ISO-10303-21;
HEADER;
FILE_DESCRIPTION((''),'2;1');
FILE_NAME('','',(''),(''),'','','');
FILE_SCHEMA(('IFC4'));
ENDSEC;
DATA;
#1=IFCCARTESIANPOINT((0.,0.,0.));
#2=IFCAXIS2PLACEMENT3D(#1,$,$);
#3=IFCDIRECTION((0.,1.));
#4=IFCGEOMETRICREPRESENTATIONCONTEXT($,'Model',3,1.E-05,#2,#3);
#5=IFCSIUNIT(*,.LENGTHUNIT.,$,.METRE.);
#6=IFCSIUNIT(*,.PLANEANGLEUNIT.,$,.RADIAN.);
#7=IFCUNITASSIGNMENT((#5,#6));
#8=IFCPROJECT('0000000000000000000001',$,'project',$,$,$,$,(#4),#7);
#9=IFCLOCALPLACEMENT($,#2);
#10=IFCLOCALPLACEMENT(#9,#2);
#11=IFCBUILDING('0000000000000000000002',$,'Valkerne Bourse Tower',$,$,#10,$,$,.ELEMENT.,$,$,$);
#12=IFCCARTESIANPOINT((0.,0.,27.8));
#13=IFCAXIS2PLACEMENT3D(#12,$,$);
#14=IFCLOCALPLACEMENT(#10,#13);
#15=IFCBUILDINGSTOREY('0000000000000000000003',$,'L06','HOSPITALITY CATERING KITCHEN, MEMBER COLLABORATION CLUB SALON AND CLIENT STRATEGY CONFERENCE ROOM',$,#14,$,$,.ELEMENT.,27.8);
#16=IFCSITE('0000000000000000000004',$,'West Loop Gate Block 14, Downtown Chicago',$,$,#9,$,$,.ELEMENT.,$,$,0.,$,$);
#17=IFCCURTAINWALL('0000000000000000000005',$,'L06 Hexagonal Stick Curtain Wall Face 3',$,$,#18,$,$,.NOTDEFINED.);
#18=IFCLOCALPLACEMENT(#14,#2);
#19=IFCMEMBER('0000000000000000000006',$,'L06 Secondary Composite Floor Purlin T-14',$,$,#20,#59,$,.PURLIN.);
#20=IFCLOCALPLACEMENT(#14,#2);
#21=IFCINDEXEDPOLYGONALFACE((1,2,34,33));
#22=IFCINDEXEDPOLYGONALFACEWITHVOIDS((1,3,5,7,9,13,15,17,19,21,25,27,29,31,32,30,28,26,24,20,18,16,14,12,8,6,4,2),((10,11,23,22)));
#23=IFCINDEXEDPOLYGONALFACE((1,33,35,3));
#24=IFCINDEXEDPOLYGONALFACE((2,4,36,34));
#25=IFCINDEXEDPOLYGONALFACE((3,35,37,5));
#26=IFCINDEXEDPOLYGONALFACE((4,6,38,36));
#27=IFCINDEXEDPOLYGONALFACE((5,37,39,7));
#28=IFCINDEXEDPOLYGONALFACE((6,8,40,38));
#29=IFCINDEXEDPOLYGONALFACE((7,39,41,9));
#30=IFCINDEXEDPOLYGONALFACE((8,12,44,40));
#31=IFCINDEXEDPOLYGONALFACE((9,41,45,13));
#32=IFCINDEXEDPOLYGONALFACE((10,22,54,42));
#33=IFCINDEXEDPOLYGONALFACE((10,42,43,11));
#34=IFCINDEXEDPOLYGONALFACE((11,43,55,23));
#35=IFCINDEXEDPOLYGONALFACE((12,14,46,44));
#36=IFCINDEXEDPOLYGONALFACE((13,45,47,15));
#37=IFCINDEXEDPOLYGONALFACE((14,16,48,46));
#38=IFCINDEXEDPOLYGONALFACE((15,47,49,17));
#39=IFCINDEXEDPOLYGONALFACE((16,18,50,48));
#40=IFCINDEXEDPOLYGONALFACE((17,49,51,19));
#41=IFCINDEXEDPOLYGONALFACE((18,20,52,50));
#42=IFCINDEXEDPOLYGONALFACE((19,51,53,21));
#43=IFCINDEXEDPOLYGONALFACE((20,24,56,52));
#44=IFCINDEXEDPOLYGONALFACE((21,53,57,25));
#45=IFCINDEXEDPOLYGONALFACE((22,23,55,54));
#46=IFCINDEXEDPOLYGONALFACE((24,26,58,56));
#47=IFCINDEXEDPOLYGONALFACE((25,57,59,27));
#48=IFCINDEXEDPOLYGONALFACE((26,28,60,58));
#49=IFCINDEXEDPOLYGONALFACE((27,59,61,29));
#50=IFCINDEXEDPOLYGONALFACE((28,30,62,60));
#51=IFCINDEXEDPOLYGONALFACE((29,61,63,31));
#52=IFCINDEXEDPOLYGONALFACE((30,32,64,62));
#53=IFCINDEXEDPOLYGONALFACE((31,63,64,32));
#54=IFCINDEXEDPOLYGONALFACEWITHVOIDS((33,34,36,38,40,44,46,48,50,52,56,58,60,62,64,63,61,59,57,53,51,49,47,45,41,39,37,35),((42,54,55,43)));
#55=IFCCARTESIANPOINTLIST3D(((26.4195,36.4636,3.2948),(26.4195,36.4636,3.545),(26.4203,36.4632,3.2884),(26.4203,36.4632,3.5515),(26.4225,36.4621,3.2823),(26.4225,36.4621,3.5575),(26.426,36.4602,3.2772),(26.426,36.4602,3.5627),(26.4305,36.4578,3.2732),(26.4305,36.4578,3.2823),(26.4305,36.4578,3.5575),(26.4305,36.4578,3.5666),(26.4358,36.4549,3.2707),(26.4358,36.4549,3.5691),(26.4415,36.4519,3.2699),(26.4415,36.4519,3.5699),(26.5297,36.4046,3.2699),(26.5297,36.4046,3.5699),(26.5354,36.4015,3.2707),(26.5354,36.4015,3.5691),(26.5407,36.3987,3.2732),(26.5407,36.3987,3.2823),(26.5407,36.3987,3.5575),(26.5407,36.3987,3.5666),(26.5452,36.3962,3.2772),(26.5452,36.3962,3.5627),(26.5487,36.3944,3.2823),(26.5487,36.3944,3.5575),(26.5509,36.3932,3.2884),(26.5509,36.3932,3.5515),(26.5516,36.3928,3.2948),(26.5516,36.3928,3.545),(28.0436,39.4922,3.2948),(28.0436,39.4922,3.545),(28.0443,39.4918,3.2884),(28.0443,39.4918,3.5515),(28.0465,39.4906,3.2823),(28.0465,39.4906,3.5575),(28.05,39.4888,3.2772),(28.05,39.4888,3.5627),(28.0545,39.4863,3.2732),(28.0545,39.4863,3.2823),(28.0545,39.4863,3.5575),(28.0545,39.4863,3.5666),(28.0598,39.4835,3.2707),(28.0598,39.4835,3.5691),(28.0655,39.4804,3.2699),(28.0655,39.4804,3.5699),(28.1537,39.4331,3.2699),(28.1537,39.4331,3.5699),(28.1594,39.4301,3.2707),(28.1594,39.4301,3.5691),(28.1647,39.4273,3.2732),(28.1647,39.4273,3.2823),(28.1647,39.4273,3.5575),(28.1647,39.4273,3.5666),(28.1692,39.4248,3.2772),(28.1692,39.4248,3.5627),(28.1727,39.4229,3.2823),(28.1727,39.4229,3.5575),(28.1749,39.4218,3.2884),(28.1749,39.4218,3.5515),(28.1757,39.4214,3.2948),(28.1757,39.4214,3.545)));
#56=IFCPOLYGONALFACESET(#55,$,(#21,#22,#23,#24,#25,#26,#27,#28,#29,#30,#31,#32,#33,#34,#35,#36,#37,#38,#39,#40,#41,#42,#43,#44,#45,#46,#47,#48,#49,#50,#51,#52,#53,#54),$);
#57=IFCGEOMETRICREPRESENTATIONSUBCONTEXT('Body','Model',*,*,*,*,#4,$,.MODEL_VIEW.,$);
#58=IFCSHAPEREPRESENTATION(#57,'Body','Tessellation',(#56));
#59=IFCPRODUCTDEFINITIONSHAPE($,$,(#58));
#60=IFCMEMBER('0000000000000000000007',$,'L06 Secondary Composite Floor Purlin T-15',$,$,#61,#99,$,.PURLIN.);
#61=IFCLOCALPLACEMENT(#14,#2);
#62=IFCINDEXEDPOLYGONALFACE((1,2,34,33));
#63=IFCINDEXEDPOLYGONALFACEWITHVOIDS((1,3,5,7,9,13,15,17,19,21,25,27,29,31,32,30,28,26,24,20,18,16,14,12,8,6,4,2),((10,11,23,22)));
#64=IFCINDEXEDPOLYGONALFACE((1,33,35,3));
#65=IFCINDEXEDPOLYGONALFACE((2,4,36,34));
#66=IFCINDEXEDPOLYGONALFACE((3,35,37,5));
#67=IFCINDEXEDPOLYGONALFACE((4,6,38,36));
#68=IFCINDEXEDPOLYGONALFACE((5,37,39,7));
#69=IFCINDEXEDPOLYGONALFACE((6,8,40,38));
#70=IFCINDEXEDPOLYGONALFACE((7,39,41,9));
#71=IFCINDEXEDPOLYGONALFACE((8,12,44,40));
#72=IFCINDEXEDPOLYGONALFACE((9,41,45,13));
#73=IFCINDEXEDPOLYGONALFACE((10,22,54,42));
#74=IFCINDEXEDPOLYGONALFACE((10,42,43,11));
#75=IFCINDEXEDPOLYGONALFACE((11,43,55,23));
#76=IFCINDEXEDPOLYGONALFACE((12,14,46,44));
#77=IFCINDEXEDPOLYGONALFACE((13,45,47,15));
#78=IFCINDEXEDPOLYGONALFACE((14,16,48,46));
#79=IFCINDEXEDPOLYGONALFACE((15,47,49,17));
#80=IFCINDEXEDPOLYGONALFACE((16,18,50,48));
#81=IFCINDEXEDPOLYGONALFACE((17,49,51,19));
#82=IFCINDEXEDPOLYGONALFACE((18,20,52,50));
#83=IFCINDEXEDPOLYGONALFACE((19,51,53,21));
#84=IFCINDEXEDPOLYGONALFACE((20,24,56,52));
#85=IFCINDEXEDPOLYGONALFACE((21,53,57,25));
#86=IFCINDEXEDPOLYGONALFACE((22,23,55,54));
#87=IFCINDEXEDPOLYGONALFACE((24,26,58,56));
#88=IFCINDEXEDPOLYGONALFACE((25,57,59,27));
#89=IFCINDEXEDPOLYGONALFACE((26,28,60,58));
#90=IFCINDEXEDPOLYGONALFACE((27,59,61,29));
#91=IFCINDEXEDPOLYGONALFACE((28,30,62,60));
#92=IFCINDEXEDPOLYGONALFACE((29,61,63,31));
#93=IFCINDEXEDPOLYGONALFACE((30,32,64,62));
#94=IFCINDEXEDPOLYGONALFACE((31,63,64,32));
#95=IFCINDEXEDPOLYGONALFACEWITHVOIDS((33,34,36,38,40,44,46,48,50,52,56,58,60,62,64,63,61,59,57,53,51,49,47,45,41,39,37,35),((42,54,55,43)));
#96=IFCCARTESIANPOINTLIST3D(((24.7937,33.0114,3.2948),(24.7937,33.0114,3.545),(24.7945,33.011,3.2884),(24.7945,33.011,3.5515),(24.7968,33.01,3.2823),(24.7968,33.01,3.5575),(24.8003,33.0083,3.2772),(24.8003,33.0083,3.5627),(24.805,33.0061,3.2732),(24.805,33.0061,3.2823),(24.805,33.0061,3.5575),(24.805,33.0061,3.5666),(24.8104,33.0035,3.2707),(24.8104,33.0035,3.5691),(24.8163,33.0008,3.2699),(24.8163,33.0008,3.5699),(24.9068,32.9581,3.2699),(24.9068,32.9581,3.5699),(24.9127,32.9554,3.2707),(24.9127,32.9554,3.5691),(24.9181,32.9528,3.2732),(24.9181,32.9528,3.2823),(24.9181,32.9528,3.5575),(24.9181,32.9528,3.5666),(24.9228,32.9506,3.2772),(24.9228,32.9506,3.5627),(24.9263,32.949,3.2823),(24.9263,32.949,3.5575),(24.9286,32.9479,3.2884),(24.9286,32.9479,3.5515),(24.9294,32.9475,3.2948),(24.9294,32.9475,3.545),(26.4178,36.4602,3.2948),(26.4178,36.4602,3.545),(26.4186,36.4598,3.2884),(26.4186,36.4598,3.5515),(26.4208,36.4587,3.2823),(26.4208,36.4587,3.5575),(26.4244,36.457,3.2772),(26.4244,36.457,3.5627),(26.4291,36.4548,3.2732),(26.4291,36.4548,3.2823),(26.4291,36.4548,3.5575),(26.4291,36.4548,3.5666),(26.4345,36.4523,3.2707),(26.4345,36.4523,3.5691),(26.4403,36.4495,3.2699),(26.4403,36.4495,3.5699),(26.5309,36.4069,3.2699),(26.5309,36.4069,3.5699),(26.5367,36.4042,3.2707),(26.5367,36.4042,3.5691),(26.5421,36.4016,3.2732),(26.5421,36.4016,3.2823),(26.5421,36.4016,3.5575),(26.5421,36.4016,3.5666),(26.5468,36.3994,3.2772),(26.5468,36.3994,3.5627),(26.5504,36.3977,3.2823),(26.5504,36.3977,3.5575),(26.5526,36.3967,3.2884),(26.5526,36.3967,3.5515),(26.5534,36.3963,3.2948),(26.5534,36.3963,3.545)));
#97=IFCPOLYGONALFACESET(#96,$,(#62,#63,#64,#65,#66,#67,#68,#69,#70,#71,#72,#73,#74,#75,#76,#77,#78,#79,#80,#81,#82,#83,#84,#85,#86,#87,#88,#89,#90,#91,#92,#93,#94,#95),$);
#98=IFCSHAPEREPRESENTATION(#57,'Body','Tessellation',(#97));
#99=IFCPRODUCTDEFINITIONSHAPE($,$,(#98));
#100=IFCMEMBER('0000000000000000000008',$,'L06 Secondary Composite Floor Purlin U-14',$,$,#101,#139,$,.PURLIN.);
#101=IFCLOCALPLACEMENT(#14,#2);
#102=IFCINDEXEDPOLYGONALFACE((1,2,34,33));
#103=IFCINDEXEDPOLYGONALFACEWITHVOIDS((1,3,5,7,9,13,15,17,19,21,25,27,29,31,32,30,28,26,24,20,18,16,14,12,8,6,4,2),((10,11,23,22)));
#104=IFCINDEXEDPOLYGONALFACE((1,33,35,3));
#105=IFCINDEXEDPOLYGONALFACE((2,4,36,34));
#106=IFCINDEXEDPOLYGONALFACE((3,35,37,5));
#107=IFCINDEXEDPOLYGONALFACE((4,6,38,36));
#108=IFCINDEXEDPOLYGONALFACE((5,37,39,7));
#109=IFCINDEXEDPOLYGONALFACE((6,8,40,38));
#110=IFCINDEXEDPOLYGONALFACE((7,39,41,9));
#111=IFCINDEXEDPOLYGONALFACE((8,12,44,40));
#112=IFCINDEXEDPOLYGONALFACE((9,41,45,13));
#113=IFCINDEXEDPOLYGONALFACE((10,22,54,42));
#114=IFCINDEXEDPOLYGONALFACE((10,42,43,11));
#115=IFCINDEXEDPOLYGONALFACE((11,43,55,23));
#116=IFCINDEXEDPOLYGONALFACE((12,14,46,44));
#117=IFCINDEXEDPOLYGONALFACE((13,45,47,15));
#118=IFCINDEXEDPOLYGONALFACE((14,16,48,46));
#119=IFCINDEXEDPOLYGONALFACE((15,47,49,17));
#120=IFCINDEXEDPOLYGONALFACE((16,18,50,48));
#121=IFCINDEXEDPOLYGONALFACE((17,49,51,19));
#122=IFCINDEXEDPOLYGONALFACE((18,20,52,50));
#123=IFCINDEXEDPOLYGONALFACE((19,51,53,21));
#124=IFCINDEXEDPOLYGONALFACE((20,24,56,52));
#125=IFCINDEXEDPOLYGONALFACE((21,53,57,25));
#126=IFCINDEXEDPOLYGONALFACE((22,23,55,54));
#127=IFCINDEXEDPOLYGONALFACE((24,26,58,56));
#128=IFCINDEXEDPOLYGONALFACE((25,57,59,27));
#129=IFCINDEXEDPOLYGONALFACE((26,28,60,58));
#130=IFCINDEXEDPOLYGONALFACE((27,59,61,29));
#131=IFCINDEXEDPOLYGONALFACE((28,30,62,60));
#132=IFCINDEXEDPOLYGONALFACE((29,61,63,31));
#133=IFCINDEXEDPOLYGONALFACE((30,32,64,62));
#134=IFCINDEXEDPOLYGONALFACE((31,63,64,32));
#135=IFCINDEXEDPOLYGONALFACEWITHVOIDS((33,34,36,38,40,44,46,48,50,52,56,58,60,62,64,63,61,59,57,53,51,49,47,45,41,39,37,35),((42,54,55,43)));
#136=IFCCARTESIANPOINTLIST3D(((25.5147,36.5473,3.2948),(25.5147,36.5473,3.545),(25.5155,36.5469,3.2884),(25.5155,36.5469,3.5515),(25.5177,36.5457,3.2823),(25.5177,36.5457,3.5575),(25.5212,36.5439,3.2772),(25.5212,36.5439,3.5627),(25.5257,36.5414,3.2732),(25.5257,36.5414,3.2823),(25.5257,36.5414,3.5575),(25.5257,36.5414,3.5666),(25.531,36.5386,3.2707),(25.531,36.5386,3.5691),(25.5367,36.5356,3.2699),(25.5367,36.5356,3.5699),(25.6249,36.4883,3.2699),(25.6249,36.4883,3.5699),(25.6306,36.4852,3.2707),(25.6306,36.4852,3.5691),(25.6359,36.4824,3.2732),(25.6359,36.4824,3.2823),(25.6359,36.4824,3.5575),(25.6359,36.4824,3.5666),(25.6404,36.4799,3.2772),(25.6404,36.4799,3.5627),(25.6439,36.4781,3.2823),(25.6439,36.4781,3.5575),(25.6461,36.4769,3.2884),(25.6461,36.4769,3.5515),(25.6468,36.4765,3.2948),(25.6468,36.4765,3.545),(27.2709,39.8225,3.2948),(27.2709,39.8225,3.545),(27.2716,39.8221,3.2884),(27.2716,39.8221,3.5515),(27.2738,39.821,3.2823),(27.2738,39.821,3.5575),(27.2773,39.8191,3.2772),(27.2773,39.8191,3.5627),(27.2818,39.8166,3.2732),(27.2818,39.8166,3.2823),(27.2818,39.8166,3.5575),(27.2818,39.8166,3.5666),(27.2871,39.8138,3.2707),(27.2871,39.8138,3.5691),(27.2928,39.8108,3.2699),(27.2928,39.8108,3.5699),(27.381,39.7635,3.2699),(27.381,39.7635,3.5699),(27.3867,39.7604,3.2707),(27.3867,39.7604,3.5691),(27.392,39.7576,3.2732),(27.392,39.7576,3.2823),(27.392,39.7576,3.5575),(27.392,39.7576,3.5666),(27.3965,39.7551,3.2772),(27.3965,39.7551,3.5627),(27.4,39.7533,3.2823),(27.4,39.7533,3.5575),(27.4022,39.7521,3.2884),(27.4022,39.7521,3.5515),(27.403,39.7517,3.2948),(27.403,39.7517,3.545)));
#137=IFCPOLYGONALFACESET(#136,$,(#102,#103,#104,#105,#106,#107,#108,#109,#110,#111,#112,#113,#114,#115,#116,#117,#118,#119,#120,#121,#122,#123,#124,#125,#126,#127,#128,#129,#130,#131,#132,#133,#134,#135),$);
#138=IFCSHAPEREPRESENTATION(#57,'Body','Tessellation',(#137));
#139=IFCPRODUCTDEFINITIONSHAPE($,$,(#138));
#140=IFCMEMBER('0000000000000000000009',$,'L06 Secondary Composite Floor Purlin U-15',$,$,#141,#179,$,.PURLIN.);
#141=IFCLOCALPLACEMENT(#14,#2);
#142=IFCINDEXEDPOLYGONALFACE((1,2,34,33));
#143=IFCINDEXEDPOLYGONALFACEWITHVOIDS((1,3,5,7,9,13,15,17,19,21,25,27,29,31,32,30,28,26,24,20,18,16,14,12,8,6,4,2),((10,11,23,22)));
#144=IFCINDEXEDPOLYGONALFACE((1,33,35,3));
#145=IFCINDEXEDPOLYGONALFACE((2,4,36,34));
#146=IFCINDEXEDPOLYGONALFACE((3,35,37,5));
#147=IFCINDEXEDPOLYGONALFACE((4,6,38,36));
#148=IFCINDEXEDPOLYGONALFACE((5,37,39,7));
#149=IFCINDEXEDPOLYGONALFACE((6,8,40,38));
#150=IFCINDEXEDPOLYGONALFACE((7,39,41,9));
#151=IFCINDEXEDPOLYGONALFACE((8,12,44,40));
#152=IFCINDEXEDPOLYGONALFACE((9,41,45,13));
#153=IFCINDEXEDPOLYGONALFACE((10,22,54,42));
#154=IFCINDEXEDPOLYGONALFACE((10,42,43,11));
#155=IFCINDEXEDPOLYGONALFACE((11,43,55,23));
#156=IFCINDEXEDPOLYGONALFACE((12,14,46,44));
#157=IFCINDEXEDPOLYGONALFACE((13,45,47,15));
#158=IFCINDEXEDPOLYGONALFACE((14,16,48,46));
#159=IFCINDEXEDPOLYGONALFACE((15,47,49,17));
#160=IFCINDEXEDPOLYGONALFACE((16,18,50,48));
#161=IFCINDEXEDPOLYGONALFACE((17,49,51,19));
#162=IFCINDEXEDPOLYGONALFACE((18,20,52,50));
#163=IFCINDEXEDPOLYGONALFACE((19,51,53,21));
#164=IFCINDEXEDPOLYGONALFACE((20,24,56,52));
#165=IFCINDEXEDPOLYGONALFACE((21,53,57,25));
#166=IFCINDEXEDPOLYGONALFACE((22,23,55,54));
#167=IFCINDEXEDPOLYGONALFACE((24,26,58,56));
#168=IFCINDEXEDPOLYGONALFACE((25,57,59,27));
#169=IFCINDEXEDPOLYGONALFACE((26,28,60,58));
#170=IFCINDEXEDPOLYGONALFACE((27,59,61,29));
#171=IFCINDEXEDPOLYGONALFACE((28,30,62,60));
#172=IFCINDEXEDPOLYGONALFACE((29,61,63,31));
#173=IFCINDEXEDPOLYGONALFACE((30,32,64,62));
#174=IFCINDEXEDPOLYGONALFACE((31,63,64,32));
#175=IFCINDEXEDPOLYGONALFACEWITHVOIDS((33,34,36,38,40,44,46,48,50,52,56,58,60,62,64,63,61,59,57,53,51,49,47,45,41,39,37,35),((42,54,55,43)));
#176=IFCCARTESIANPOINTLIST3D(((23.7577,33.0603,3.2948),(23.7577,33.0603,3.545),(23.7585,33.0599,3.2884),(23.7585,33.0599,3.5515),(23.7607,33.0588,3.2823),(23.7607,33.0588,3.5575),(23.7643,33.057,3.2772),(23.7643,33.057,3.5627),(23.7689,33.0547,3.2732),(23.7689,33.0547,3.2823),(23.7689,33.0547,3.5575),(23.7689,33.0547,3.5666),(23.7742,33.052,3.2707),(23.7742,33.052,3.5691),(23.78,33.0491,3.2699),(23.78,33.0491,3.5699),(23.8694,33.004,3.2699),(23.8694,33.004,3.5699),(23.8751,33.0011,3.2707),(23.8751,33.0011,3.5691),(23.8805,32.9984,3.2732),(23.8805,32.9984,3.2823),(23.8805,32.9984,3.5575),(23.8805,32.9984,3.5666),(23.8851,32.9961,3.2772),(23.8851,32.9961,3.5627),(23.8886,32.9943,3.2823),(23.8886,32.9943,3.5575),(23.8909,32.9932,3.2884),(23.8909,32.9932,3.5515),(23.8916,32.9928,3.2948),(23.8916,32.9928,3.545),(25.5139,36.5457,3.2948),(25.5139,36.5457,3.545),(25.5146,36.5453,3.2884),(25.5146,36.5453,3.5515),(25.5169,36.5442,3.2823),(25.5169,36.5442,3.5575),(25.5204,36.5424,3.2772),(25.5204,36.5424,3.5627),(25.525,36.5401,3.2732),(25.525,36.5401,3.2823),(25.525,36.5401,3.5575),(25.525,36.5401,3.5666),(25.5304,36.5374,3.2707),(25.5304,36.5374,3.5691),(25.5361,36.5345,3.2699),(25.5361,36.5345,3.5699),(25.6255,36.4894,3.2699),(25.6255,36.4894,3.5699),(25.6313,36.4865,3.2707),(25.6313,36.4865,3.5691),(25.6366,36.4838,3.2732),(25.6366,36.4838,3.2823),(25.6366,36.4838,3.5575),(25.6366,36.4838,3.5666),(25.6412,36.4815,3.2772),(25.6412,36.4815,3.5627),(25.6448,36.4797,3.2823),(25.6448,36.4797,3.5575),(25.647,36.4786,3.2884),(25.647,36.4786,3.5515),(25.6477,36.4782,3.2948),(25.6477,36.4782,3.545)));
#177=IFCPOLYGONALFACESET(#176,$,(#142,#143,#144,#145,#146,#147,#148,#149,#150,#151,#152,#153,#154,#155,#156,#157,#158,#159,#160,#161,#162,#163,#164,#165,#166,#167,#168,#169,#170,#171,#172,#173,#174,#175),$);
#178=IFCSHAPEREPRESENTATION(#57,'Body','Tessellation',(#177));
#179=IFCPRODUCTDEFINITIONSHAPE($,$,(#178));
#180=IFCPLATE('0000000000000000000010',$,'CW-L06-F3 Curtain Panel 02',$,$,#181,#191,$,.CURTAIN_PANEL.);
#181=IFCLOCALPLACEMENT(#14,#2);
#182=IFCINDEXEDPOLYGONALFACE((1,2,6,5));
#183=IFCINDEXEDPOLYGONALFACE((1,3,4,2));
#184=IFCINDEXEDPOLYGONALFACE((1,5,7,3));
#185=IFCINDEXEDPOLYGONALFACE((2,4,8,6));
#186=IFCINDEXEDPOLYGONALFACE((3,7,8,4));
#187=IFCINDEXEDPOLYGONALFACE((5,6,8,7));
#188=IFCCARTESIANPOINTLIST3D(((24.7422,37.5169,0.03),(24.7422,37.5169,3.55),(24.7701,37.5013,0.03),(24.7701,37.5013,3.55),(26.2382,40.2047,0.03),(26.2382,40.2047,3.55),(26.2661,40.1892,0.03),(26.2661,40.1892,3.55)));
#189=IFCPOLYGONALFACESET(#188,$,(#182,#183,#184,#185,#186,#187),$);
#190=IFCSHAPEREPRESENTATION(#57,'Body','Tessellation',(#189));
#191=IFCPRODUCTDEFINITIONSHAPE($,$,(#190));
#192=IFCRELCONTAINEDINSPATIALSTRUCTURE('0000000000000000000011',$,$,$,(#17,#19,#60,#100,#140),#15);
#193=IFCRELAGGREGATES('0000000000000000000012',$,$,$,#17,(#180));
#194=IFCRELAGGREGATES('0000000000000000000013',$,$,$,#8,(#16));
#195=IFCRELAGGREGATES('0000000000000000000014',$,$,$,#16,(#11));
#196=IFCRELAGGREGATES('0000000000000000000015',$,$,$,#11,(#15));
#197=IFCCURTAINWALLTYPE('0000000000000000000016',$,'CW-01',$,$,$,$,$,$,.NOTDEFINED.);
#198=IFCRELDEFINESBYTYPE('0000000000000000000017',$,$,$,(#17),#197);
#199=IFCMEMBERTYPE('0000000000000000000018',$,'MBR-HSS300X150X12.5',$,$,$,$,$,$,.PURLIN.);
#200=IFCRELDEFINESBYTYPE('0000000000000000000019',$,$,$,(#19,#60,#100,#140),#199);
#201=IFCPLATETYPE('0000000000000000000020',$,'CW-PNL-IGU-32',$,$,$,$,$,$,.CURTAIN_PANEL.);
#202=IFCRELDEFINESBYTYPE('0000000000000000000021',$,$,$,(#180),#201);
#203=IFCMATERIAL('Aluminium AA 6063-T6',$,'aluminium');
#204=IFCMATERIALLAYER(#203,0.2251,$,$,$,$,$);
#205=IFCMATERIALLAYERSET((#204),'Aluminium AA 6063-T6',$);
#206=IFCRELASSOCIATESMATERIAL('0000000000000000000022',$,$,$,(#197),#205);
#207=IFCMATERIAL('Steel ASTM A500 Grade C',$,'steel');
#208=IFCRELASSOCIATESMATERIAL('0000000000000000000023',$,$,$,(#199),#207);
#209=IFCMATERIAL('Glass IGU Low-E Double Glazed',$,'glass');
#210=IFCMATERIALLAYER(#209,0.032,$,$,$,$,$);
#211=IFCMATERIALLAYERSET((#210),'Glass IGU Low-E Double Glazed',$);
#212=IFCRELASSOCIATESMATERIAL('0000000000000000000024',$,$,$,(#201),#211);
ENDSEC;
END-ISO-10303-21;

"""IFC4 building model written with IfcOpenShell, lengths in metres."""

from ifc_helpers import new_model, si_unit, direction, frame, origin, origin_2d, place, context, subcontext, project, spatial, rectangle, hollow_rectangle, extrude, material, layer, layer_set, material_profile, profile_set, type_object, element, aggregate, save


model = new_model("IFC4")

# Units and contexts
model_context = context("Model", 3, precision=1e-05, world=origin(), true_north=direction((0.0, 1.0)))
body_context = subcontext(model_context, "Body", "Model", "MODEL_VIEW")
ifc_project = project(units=[si_unit("LENGTHUNIT", "METRE"), si_unit("PLANEANGLEUNIT", "RADIAN")], contexts=[model_context])

# Site, building, storey
site_placement = place(None, origin())
site = spatial("IfcSite", under=ifc_project, at=site_placement, Name="West Loop Gate Block 14, Downtown Chicago", CompositionType="ELEMENT", RefElevation=0.0)
building_placement = place(site_placement, origin())
building = spatial("IfcBuilding", under=site, at=building_placement, Name="Valkerne Bourse Tower", CompositionType="ELEMENT")
storey_placement = place(building_placement, frame((0.0, 0.0, 27.8)))
storey = spatial("IfcBuildingStorey", under=building, at=storey_placement, Name="L06", Description="HOSPITALITY CATERING KITCHEN, MEMBER COLLABORATION CLUB SALON AND CLIENT STRATEGY CONFERENCE ROOM", CompositionType="ELEMENT", Elevation=27.8)

# Curtain wall
ifc_material_1 = material(Name="Aluminium AA 6063-T6", Category="aluminium")
ifc_layer_1 = layer(ifc_material_1, 0.2251)
ifc_layer_set_1 = layer_set([ifc_layer_1], Name="Aluminium AA 6063-T6")
curtain_wall_type = type_object("IfcCurtainWallType", Name="CW-01", PredefinedType="NOTDEFINED", material=ifc_layer_set_1)
curtain_wall_placement = place(storey_placement, origin())
curtain_wall = element("IfcCurtainWall", 1, at=curtain_wall_placement, inside=storey, type_object=curtain_wall_type, Name="L06 Hexagonal Stick Curtain Wall Face 3", PredefinedType="NOTDEFINED")

# Members
ifc_material_2 = material(Name="Steel ASTM A500 Grade C", Category="steel")
ifc_material_profile_1 = material_profile(ifc_material_2, hollow_rectangle(XDim=0.1499, YDim=0.3, WallThickness=0.0125, OuterFilletRadius=0.0249, at=origin_2d()), Name="HSS300X150X12.5")
ifc_profile_set_1 = profile_set([ifc_material_profile_1], Name="Steel ASTM A500 Grade C")
member_type_1 = type_object("IfcMemberType", Name="MBR-HSS300X150X12.5", PredefinedType="PURLIN", material=ifc_profile_set_1)
member_1_placement = place(storey_placement, frame((28.1096, 39.4568, 3.4199), z_axis=(-0.472578, -0.881289, 0.0), x_axis=(0.881289, -0.472578, 0.0)))
element("IfcMember", 2, at=member_1_placement, inside=storey, type_object=member_type_1, Name="L06 Secondary Composite Floor Purlin T-14", PredefinedType="PURLIN", context=body_context, shape_type="SweptSolid", body=[
    extrude(hollow_rectangle(XDim=0.1499, YDim=0.3, WallThickness=0.0125, OuterFilletRadius=0.0249, at=origin_2d()), origin(), (0.0, 0.0, 1.0), 3.4365),
])
member_2_placement = place(storey_placement, frame((26.4856, 36.4282, 3.4199), z_axis=(-0.426031, -0.904708, 0.0), x_axis=(0.904708, -0.426031, 0.0)))
element("IfcMember", 3, at=member_2_placement, inside=storey, type_object=member_type_1, Name="L06 Secondary Composite Floor Purlin T-15", PredefinedType="PURLIN", context=body_context, shape_type="SweptSolid", body=[
    extrude(hollow_rectangle(XDim=0.1499, YDim=0.3, WallThickness=0.0125, OuterFilletRadius=0.0249, at=origin_2d()), origin(), (0.0, 0.0, 1.0), 3.812),
])
member_3_placement = place(storey_placement, frame((27.3369, 39.7871, 3.4199), z_axis=(-0.472548, -0.881305, 0.0), x_axis=(0.881305, -0.472548, 0.0)))
element("IfcMember", 4, at=member_3_placement, inside=storey, type_object=member_type_1, Name="L06 Secondary Composite Floor Purlin U-14", PredefinedType="PURLIN", context=body_context, shape_type="SweptSolid", body=[
    extrude(hollow_rectangle(XDim=0.1499, YDim=0.3, WallThickness=0.0125, OuterFilletRadius=0.0249, at=origin_2d()), origin(), (0.0, 0.0, 1.0), 3.7163),
])
member_4_placement = place(storey_placement, frame((25.5808, 36.512, 3.4199), z_axis=(-0.449964, -0.893047, 0.0), x_axis=(0.893047, -0.449964, 0.0)))
element("IfcMember", 5, at=member_4_placement, inside=storey, type_object=member_type_1, Name="L06 Secondary Composite Floor Purlin U-15", PredefinedType="PURLIN", context=body_context, shape_type="SweptSolid", body=[
    extrude(hollow_rectangle(XDim=0.1499, YDim=0.3, WallThickness=0.0125, OuterFilletRadius=0.0249, at=origin_2d()), origin(), (0.0, 0.0, 1.0), 3.9028),
])

# Plate
ifc_material_3 = material(Name="Glass IGU Low-E Double Glazed", Category="glass")
ifc_layer_2 = layer(ifc_material_3, 0.032)
ifc_layer_set_2 = layer_set([ifc_layer_2], Name="Glass IGU Low-E Double Glazed")
plate_type = type_object("IfcPlateType", Name="CW-PNL-IGU-32", PredefinedType="CURTAIN_PANEL", material=ifc_layer_set_2)
plate_placement = place(storey_placement, frame((25.5042, 38.853, 0.03), z_axis=(0.0, 0.0, 1.0), x_axis=(-0.486335, -0.873772, 0.0)))
plate = element("IfcPlate", 6, at=plate_placement, type_object=plate_type, Name="CW-L06-F3 Curtain Panel 02", PredefinedType="CURTAIN_PANEL", context=body_context, shape_type="SweptSolid", body=[
    extrude(rectangle(XDim=3.0762, YDim=0.032, at=origin_2d()), origin(), (0.0, 0.0, 1.0), 3.52),
])
aggregate(curtain_wall, [plate])

save(model, "model.ifc")
